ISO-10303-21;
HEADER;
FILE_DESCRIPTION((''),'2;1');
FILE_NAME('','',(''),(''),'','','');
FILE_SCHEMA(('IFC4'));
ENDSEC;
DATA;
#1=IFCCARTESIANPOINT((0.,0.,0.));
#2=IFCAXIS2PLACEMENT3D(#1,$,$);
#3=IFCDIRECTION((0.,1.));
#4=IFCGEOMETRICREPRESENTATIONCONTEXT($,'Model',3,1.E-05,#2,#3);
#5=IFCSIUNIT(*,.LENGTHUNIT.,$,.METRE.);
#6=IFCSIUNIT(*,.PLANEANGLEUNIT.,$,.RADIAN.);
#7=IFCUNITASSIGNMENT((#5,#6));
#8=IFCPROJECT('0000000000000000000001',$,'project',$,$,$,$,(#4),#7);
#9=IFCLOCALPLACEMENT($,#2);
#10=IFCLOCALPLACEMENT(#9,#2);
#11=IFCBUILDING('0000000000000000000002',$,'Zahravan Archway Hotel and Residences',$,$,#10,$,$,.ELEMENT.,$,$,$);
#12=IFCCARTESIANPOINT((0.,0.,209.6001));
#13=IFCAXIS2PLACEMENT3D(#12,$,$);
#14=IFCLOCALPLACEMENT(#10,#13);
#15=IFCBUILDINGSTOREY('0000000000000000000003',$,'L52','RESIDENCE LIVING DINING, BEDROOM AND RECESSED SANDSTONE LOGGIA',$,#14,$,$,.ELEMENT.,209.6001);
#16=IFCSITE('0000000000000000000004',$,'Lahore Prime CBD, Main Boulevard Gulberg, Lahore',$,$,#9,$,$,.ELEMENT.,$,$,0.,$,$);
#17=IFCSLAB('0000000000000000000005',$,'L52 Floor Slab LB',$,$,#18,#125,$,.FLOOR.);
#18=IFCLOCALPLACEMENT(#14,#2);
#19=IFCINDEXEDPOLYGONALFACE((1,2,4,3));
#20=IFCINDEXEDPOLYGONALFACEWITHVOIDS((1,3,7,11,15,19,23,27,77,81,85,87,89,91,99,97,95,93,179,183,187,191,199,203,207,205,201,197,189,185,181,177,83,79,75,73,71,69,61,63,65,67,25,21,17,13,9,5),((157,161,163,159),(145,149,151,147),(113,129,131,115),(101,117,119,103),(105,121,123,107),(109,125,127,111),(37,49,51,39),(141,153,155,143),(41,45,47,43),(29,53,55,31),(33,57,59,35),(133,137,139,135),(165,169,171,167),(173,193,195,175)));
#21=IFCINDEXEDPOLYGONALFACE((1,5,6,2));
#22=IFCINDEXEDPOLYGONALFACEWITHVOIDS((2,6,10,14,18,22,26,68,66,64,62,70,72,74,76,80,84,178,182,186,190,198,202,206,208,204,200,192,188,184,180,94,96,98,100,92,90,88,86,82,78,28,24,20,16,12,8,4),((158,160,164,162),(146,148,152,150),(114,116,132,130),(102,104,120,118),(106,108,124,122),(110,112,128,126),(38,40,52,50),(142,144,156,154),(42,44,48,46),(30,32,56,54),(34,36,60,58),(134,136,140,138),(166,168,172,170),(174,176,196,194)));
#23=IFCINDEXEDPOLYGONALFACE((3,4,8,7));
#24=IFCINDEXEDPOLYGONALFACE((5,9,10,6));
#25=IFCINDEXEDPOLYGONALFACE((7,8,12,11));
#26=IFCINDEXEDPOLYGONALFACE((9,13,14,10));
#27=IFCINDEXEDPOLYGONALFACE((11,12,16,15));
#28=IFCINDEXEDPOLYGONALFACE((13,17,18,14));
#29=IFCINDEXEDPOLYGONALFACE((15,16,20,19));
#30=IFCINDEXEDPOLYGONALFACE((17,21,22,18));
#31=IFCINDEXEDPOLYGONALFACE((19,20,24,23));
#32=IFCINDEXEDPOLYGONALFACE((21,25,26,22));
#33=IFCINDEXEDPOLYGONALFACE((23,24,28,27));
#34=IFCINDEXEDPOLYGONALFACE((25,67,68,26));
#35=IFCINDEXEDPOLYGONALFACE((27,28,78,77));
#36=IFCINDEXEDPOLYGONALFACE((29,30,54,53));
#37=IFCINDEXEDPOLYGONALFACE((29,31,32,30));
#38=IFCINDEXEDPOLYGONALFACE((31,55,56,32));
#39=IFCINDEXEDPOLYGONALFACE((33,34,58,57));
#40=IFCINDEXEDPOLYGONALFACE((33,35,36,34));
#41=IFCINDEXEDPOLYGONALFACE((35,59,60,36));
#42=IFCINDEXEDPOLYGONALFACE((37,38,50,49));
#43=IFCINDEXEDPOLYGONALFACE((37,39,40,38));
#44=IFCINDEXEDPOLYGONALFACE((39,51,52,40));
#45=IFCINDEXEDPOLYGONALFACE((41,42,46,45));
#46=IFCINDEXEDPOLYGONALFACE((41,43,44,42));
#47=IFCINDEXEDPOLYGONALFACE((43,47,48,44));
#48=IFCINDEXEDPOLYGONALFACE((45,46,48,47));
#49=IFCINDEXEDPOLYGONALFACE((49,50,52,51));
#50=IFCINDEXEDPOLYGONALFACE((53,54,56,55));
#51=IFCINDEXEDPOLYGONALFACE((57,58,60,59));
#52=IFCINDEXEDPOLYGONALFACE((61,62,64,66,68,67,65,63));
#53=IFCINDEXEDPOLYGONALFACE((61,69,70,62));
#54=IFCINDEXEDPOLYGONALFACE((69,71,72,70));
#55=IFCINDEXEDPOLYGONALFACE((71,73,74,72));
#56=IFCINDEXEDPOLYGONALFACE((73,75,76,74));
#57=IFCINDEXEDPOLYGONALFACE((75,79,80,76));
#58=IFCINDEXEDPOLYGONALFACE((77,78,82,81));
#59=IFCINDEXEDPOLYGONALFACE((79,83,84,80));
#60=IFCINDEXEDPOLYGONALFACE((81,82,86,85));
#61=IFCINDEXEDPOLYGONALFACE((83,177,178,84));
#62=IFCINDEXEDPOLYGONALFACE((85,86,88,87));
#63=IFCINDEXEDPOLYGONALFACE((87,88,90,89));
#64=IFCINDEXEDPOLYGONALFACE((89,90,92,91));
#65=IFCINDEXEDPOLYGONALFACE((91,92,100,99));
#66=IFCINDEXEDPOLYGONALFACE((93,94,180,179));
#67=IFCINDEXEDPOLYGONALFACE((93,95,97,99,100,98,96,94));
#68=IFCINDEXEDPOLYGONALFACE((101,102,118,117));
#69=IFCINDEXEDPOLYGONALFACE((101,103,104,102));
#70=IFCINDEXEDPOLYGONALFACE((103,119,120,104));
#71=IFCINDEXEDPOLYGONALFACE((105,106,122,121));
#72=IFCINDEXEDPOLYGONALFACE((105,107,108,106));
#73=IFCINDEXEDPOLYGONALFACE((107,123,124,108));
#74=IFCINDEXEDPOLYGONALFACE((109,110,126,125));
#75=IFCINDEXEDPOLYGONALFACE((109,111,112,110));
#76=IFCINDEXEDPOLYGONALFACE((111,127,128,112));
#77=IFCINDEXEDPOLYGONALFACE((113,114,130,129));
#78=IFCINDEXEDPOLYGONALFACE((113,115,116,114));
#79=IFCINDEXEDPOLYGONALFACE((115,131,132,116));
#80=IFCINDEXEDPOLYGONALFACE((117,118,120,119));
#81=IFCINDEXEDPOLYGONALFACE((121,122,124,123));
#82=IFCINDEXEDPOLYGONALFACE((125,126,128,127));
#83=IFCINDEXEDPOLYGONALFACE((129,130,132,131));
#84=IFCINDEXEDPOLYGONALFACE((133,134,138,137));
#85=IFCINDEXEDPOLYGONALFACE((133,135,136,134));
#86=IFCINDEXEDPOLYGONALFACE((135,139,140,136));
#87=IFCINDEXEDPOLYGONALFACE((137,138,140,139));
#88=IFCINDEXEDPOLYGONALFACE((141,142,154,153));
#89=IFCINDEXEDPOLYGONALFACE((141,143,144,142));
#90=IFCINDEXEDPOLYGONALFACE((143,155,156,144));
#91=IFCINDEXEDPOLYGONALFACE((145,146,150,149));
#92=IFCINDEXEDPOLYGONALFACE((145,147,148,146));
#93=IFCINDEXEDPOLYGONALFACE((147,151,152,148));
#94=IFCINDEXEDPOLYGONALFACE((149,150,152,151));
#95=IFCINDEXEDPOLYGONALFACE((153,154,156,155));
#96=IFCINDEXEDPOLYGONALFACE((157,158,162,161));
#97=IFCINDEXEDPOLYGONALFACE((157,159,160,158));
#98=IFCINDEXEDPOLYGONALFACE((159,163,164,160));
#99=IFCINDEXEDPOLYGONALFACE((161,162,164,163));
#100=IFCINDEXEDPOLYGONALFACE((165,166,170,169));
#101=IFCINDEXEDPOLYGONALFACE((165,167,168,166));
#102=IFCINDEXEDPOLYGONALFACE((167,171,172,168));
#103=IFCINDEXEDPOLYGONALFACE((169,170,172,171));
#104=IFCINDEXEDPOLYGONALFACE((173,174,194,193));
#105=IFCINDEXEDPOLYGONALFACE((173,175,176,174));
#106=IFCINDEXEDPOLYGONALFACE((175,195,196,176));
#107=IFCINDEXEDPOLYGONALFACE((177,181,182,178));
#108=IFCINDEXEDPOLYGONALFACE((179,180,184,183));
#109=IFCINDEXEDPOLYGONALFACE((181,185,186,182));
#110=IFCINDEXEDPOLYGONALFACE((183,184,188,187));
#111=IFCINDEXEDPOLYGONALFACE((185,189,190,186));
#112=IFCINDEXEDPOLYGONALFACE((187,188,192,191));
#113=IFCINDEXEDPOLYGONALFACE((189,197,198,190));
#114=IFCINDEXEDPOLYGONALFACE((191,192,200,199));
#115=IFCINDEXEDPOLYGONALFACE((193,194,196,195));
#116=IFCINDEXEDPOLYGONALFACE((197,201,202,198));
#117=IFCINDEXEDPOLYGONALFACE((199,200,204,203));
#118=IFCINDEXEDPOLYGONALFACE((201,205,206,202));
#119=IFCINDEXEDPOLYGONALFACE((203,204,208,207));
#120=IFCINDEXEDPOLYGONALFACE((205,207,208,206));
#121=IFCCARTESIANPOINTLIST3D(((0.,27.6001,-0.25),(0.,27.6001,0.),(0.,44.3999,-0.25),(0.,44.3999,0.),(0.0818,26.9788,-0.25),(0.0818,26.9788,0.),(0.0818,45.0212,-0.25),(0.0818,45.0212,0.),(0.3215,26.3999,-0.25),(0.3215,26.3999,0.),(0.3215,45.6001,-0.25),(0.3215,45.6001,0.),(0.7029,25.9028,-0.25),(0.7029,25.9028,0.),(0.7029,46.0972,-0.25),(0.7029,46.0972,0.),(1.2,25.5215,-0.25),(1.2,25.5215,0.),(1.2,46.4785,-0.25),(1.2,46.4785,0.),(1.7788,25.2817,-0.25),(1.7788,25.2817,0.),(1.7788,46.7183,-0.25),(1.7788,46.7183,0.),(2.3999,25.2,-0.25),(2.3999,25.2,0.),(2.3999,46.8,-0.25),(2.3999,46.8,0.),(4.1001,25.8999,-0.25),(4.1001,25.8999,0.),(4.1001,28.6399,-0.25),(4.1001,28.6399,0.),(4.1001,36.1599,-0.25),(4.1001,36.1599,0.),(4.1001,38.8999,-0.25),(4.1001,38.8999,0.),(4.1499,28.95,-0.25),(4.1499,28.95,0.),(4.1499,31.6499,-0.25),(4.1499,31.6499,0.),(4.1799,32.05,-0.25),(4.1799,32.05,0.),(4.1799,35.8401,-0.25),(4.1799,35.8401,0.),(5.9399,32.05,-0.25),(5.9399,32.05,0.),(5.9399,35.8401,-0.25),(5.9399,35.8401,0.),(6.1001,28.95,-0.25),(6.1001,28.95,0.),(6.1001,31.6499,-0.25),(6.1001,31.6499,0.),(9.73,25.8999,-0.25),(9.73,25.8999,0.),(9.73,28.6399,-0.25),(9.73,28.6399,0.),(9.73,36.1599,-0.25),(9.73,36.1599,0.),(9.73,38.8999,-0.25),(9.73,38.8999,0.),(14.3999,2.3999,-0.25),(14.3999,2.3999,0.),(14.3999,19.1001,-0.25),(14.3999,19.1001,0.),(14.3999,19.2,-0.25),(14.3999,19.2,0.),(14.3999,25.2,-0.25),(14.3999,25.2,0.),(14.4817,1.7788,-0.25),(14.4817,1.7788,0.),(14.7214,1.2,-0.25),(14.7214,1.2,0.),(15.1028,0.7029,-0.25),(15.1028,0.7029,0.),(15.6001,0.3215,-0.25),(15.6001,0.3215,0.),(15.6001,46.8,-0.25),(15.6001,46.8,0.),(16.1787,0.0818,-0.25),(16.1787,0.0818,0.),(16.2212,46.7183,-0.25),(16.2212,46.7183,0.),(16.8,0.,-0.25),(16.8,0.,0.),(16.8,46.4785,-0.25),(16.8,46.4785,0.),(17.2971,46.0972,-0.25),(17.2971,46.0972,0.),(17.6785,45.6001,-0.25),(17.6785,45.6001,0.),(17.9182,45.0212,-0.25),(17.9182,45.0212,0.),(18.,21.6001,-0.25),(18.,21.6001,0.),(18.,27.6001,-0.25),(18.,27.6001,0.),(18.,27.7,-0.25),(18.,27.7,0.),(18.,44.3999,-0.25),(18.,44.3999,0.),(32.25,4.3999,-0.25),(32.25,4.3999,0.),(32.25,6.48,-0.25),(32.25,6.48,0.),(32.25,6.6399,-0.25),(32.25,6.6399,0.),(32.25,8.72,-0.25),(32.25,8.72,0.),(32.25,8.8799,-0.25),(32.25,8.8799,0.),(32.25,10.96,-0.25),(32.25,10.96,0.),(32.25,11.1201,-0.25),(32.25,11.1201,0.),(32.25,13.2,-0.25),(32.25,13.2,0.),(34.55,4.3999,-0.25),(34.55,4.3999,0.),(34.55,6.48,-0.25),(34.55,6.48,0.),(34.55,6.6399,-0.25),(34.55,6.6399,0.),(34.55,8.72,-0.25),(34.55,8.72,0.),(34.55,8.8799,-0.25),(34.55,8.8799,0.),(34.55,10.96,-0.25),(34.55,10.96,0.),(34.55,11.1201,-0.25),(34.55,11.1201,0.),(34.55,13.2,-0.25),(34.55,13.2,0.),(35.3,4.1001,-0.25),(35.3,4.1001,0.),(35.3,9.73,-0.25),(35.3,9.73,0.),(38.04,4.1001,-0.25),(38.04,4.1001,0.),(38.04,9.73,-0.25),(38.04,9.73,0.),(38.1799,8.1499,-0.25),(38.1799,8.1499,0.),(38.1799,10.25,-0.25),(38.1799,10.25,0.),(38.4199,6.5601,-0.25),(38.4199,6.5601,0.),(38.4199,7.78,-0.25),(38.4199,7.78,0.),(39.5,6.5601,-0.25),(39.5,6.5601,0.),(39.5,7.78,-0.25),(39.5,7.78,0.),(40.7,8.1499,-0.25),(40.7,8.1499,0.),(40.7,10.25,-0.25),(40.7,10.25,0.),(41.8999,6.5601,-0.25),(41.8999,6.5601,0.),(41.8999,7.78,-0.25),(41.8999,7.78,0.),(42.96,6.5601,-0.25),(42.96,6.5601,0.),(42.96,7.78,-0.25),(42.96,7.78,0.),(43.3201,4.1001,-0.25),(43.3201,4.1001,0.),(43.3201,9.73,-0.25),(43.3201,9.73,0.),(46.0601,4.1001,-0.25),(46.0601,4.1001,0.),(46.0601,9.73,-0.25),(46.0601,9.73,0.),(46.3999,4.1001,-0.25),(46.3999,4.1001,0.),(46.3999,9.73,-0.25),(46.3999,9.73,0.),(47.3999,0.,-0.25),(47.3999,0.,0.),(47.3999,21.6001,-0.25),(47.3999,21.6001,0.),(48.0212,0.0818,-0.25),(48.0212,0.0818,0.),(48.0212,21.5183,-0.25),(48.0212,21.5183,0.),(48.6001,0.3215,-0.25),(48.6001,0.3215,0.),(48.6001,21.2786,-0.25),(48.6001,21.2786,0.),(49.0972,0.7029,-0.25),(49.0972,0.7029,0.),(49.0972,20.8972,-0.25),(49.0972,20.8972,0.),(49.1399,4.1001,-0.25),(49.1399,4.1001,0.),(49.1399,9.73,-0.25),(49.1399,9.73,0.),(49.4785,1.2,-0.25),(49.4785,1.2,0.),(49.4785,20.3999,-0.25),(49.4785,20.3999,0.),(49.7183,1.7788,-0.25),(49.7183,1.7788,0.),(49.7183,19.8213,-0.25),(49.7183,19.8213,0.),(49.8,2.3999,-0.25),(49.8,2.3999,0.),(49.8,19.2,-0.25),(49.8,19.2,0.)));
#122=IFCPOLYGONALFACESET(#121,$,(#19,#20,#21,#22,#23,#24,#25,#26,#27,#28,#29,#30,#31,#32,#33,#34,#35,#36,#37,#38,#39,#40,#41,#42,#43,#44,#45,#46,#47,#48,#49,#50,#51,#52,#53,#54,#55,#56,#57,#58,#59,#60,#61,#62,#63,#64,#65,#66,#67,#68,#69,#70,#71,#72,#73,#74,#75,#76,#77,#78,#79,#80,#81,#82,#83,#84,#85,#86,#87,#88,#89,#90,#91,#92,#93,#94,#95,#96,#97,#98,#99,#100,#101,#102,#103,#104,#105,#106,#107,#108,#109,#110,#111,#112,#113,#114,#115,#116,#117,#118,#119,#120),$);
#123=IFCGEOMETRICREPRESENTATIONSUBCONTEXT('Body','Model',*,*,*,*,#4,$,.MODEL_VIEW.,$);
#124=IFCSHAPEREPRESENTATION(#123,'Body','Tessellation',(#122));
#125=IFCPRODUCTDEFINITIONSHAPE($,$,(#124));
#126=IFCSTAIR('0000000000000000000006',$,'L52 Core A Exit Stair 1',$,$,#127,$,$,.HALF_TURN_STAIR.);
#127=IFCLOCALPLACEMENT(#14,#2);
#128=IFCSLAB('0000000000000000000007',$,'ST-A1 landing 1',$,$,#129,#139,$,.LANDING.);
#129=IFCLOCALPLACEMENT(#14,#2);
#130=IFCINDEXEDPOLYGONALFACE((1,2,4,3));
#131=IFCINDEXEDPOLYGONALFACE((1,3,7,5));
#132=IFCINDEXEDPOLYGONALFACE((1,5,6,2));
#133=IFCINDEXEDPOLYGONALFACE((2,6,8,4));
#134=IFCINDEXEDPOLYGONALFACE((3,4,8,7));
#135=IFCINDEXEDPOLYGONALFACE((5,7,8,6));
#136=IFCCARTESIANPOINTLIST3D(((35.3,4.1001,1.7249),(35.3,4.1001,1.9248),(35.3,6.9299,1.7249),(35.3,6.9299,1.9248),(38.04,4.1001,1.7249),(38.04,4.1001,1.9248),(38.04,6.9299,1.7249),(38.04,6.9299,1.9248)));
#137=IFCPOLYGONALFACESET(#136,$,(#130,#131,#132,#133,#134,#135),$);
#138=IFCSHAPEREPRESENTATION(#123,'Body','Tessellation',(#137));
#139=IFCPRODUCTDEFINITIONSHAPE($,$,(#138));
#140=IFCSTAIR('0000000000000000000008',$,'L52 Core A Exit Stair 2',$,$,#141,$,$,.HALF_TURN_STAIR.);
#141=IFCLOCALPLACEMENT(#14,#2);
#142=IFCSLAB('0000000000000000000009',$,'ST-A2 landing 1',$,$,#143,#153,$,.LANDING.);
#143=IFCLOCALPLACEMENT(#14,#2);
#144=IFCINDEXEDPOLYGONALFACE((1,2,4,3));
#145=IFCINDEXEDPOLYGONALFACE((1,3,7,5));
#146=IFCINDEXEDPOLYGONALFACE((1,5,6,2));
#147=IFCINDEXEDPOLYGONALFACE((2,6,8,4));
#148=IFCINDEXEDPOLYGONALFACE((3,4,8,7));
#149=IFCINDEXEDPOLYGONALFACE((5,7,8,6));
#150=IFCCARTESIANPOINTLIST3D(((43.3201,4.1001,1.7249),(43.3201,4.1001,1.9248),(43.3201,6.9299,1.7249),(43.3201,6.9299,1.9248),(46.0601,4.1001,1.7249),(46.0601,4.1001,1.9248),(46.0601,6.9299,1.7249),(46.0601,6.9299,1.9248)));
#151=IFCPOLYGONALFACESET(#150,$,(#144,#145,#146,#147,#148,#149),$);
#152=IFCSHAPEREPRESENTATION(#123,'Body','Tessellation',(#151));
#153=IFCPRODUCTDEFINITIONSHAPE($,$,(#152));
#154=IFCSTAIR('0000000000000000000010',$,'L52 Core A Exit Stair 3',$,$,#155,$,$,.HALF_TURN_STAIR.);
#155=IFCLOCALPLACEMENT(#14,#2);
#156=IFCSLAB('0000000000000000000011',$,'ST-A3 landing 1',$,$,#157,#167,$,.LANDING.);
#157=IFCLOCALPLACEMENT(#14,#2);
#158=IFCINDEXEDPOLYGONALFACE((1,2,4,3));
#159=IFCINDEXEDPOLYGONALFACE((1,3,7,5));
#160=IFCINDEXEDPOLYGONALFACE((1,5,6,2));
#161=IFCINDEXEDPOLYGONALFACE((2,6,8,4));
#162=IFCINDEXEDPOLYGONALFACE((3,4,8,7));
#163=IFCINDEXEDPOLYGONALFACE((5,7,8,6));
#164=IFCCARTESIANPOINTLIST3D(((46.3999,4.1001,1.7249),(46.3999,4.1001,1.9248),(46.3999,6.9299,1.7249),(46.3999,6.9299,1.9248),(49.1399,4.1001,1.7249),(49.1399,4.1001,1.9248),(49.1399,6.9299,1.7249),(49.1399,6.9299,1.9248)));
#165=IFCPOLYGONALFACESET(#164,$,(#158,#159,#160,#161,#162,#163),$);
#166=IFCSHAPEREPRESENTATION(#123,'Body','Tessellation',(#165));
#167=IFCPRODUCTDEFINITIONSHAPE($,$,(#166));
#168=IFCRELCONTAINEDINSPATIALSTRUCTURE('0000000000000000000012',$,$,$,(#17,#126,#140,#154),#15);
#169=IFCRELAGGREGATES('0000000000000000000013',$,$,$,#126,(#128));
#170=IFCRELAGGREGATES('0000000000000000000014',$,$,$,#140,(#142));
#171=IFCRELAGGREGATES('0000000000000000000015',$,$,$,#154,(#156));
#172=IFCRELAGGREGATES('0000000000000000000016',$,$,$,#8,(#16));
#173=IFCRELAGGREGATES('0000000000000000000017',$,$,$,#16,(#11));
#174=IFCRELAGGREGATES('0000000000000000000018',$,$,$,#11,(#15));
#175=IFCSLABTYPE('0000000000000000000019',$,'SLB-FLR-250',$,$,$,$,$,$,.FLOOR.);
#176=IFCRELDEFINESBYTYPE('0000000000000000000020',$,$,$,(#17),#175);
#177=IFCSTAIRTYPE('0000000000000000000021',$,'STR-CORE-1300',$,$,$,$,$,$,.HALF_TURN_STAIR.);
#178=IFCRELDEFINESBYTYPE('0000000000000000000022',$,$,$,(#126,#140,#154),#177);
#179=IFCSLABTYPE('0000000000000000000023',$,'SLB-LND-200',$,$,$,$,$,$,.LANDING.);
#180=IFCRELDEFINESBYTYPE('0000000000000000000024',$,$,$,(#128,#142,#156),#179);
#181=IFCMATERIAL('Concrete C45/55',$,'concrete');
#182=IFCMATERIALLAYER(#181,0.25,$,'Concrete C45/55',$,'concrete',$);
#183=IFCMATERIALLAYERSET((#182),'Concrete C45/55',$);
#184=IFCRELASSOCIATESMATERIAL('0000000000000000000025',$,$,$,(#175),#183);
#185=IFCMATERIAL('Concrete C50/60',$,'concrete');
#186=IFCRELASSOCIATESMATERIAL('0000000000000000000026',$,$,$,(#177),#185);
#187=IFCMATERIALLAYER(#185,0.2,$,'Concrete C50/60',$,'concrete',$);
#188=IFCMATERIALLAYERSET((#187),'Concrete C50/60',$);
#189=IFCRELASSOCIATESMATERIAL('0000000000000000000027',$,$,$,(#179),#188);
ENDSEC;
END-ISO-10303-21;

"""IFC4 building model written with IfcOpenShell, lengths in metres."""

from ifc_helpers import new_model, si_unit, direction, frame, origin, place, context, subcontext, project, spatial, polyline, outline, extrude, material, layer, layer_set, type_object, element, aggregate, save


model = new_model("IFC4")

# Units and contexts
model_context = context("Model", 3, precision=1e-05, world=origin(), true_north=direction((0.0, 1.0)))
body_context = subcontext(model_context, "Body", "Model", "MODEL_VIEW")
ifc_project = project(units=[si_unit("LENGTHUNIT", "METRE"), si_unit("PLANEANGLEUNIT", "RADIAN")], contexts=[model_context])

# Site, building, storey
site_placement = place(None, origin())
site = spatial("IfcSite", under=ifc_project, at=site_placement, Name="Lahore Prime CBD, Main Boulevard Gulberg, Lahore", CompositionType="ELEMENT", RefElevation=0.0)
building_placement = place(site_placement, origin())
building = spatial("IfcBuilding", under=site, at=building_placement, Name="Zahravan Archway Hotel and Residences", CompositionType="ELEMENT")
storey_placement = place(building_placement, frame((0.0, 0.0, 209.6001)))
storey = spatial("IfcBuildingStorey", under=building, at=storey_placement, Name="L52", Description="RESIDENCE LIVING DINING, BEDROOM AND RECESSED SANDSTONE LOGGIA", CompositionType="ELEMENT", Elevation=209.6001)

# Slab
ifc_material_1 = material(Name="Concrete C45/55", Category="concrete")
ifc_layer_1 = layer(ifc_material_1, 0.25, Name="Concrete C45/55", Category="concrete")
ifc_layer_set_1 = layer_set([ifc_layer_1], Name="Concrete C45/55")
slab_type_1 = type_object("IfcSlabType", Name="SLB-FLR-250", PredefinedType="FLOOR", material=ifc_layer_set_1)
slab_1_placement = place(storey_placement, frame((0.0, 0.0, -0.25)))
element("IfcSlab", 1, at=slab_1_placement, inside=storey, type_object=slab_type_1, Name="L52 Floor Slab LB", PredefinedType="FLOOR", context=body_context, shape_type="SweptSolid", body=[
    extrude(outline(polyline([(18.0, 21.6001), (18.0, 27.6001), (18.0, 27.7), (18.0, 44.3999), (17.9182, 45.0212), (17.6785, 45.6001), (17.2971, 46.0972), (16.8, 46.4785), (16.2212, 46.7183), (15.6001, 46.8), (2.3999, 46.8), (1.7788, 46.7183), (1.2, 46.4785), (0.7029, 46.0972), (0.3215, 45.6001), (0.0818, 45.0212), (0.0, 44.3999), (0.0, 27.6001), (0.0818, 26.9788), (0.3215, 26.3999), (0.7029, 25.9028), (1.2, 25.5215), (1.7788, 25.2817), (2.3999, 25.2), (14.3999, 25.2), (14.3999, 19.2), (14.3999, 19.1001), (14.3999, 2.3999), (14.4817, 1.7788), (14.7214, 1.2), (15.1028, 0.7029), (15.6001, 0.3215), (16.1787, 0.0818), (16.8, 0.0), (47.3999, 0.0), (48.0212, 0.0818), (48.6001, 0.3215), (49.0972, 0.7029), (49.4785, 1.2), (49.7183, 1.7788), (49.8, 2.3999), (49.8, 19.2), (49.7183, 19.8213), (49.4785, 20.3999), (49.0972, 20.8972), (48.6001, 21.2786), (48.0212, 21.5183), (47.3999, 21.6001), (18.0, 21.6001)]), holes=[polyline([(35.3, 9.73), (35.3, 4.1001), (38.04, 4.1001), (38.04, 9.73), (35.3, 9.73)]), polyline([(43.3201, 9.73), (43.3201, 4.1001), (46.0601, 4.1001), (46.0601, 9.73), (43.3201, 9.73)]), polyline([(46.3999, 9.73), (46.3999, 4.1001), (49.1399, 4.1001), (49.1399, 9.73), (46.3999, 9.73)]), polyline([(9.73, 28.6399), (4.1001, 28.6399), (4.1001, 25.8999), (9.73, 25.8999), (9.73, 28.6399)]), polyline([(9.73, 38.8999), (4.1001, 38.8999), (4.1001, 36.1599), (9.73, 36.1599), (9.73, 38.8999)]), polyline([(38.1799, 8.1499), (40.7, 8.1499), (40.7, 10.25), (38.1799, 10.25), (38.1799, 8.1499)]), polyline([(4.1499, 28.95), (6.1001, 28.95), (6.1001, 31.6499), (4.1499, 31.6499), (4.1499, 28.95)]), polyline([(32.25, 4.3999), (34.55, 4.3999), (34.55, 6.48), (32.25, 6.48), (32.25, 4.3999)]), polyline([(32.25, 6.6399), (34.55, 6.6399), (34.55, 8.72), (32.25, 8.72), (32.25, 6.6399)]), polyline([(32.25, 8.8799), (34.55, 8.8799), (34.55, 10.96), (32.25, 10.96), (32.25, 8.8799)]), polyline([(32.25, 11.1201), (34.55, 11.1201), (34.55, 13.2), (32.25, 13.2), (32.25, 11.1201)]), polyline([(38.4199, 6.5601), (39.5, 6.5601), (39.5, 7.78), (38.4199, 7.78), (38.4199, 6.5601)]), polyline([(41.8999, 6.5601), (42.96, 6.5601), (42.96, 7.78), (41.8999, 7.78), (41.8999, 6.5601)]), polyline([(4.1799, 32.05), (5.9399, 32.05), (5.9399, 35.8401), (4.1799, 35.8401), (4.1799, 32.05)])]), origin(), (0.0, 0.0, 1.0), 0.25),
])

# Stairs, slabs
ifc_material_2 = material(Name="Concrete C50/60", Category="concrete")
stair_type = type_object("IfcStairType", Name="STR-CORE-1300", PredefinedType="HALF_TURN_STAIR", material=ifc_material_2)
stair_1_placement = place(storey_placement, origin())
stair_1 = element("IfcStair", 2, at=stair_1_placement, inside=storey, type_object=stair_type, Name="L52 Core A Exit Stair 1", PredefinedType="HALF_TURN_STAIR")
ifc_layer_2 = layer(ifc_material_2, 0.2, Name="Concrete C50/60", Category="concrete")
ifc_layer_set_2 = layer_set([ifc_layer_2], Name="Concrete C50/60")
slab_type_2 = type_object("IfcSlabType", Name="SLB-LND-200", PredefinedType="LANDING", material=ifc_layer_set_2)
slab_2_placement = place(storey_placement, frame((0.0, 0.0, 1.7249)))
slab_2 = element("IfcSlab", 3, at=slab_2_placement, type_object=slab_type_2, Name="ST-A1 landing 1", PredefinedType="LANDING", context=body_context, shape_type="SweptSolid", body=[
    extrude(outline(polyline([(35.3, 6.9299), (35.3, 4.1001), (38.04, 4.1001), (38.04, 6.9299), (35.3, 6.9299)])), origin(), (0.0, 0.0, 1.0), 0.2),
])
aggregate(stair_1, [slab_2])
stair_2_placement = place(storey_placement, origin())
stair_2 = element("IfcStair", 4, at=stair_2_placement, inside=storey, type_object=stair_type, Name="L52 Core A Exit Stair 2", PredefinedType="HALF_TURN_STAIR")
slab_3_placement = place(storey_placement, frame((0.0, 0.0, 1.7249)))
slab_3 = element("IfcSlab", 5, at=slab_3_placement, type_object=slab_type_2, Name="ST-A2 landing 1", PredefinedType="LANDING", context=body_context, shape_type="SweptSolid", body=[
    extrude(outline(polyline([(43.3201, 6.9299), (43.3201, 4.1001), (46.0601, 4.1001), (46.0601, 6.9299), (43.3201, 6.9299)])), origin(), (0.0, 0.0, 1.0), 0.2),
])
aggregate(stair_2, [slab_3])
stair_3_placement = place(storey_placement, origin())
stair_3 = element("IfcStair", 6, at=stair_3_placement, inside=storey, type_object=stair_type, Name="L52 Core A Exit Stair 3", PredefinedType="HALF_TURN_STAIR")
slab_4_placement = place(storey_placement, frame((0.0, 0.0, 1.7249)))
slab_4 = element("IfcSlab", 7, at=slab_4_placement, type_object=slab_type_2, Name="ST-A3 landing 1", PredefinedType="LANDING", context=body_context, shape_type="SweptSolid", body=[
    extrude(outline(polyline([(46.3999, 6.9299), (46.3999, 4.1001), (49.1399, 4.1001), (49.1399, 6.9299), (46.3999, 6.9299)])), origin(), (0.0, 0.0, 1.0), 0.2),
])
aggregate(stair_3, [slab_4])

save(model, "model.ifc")
